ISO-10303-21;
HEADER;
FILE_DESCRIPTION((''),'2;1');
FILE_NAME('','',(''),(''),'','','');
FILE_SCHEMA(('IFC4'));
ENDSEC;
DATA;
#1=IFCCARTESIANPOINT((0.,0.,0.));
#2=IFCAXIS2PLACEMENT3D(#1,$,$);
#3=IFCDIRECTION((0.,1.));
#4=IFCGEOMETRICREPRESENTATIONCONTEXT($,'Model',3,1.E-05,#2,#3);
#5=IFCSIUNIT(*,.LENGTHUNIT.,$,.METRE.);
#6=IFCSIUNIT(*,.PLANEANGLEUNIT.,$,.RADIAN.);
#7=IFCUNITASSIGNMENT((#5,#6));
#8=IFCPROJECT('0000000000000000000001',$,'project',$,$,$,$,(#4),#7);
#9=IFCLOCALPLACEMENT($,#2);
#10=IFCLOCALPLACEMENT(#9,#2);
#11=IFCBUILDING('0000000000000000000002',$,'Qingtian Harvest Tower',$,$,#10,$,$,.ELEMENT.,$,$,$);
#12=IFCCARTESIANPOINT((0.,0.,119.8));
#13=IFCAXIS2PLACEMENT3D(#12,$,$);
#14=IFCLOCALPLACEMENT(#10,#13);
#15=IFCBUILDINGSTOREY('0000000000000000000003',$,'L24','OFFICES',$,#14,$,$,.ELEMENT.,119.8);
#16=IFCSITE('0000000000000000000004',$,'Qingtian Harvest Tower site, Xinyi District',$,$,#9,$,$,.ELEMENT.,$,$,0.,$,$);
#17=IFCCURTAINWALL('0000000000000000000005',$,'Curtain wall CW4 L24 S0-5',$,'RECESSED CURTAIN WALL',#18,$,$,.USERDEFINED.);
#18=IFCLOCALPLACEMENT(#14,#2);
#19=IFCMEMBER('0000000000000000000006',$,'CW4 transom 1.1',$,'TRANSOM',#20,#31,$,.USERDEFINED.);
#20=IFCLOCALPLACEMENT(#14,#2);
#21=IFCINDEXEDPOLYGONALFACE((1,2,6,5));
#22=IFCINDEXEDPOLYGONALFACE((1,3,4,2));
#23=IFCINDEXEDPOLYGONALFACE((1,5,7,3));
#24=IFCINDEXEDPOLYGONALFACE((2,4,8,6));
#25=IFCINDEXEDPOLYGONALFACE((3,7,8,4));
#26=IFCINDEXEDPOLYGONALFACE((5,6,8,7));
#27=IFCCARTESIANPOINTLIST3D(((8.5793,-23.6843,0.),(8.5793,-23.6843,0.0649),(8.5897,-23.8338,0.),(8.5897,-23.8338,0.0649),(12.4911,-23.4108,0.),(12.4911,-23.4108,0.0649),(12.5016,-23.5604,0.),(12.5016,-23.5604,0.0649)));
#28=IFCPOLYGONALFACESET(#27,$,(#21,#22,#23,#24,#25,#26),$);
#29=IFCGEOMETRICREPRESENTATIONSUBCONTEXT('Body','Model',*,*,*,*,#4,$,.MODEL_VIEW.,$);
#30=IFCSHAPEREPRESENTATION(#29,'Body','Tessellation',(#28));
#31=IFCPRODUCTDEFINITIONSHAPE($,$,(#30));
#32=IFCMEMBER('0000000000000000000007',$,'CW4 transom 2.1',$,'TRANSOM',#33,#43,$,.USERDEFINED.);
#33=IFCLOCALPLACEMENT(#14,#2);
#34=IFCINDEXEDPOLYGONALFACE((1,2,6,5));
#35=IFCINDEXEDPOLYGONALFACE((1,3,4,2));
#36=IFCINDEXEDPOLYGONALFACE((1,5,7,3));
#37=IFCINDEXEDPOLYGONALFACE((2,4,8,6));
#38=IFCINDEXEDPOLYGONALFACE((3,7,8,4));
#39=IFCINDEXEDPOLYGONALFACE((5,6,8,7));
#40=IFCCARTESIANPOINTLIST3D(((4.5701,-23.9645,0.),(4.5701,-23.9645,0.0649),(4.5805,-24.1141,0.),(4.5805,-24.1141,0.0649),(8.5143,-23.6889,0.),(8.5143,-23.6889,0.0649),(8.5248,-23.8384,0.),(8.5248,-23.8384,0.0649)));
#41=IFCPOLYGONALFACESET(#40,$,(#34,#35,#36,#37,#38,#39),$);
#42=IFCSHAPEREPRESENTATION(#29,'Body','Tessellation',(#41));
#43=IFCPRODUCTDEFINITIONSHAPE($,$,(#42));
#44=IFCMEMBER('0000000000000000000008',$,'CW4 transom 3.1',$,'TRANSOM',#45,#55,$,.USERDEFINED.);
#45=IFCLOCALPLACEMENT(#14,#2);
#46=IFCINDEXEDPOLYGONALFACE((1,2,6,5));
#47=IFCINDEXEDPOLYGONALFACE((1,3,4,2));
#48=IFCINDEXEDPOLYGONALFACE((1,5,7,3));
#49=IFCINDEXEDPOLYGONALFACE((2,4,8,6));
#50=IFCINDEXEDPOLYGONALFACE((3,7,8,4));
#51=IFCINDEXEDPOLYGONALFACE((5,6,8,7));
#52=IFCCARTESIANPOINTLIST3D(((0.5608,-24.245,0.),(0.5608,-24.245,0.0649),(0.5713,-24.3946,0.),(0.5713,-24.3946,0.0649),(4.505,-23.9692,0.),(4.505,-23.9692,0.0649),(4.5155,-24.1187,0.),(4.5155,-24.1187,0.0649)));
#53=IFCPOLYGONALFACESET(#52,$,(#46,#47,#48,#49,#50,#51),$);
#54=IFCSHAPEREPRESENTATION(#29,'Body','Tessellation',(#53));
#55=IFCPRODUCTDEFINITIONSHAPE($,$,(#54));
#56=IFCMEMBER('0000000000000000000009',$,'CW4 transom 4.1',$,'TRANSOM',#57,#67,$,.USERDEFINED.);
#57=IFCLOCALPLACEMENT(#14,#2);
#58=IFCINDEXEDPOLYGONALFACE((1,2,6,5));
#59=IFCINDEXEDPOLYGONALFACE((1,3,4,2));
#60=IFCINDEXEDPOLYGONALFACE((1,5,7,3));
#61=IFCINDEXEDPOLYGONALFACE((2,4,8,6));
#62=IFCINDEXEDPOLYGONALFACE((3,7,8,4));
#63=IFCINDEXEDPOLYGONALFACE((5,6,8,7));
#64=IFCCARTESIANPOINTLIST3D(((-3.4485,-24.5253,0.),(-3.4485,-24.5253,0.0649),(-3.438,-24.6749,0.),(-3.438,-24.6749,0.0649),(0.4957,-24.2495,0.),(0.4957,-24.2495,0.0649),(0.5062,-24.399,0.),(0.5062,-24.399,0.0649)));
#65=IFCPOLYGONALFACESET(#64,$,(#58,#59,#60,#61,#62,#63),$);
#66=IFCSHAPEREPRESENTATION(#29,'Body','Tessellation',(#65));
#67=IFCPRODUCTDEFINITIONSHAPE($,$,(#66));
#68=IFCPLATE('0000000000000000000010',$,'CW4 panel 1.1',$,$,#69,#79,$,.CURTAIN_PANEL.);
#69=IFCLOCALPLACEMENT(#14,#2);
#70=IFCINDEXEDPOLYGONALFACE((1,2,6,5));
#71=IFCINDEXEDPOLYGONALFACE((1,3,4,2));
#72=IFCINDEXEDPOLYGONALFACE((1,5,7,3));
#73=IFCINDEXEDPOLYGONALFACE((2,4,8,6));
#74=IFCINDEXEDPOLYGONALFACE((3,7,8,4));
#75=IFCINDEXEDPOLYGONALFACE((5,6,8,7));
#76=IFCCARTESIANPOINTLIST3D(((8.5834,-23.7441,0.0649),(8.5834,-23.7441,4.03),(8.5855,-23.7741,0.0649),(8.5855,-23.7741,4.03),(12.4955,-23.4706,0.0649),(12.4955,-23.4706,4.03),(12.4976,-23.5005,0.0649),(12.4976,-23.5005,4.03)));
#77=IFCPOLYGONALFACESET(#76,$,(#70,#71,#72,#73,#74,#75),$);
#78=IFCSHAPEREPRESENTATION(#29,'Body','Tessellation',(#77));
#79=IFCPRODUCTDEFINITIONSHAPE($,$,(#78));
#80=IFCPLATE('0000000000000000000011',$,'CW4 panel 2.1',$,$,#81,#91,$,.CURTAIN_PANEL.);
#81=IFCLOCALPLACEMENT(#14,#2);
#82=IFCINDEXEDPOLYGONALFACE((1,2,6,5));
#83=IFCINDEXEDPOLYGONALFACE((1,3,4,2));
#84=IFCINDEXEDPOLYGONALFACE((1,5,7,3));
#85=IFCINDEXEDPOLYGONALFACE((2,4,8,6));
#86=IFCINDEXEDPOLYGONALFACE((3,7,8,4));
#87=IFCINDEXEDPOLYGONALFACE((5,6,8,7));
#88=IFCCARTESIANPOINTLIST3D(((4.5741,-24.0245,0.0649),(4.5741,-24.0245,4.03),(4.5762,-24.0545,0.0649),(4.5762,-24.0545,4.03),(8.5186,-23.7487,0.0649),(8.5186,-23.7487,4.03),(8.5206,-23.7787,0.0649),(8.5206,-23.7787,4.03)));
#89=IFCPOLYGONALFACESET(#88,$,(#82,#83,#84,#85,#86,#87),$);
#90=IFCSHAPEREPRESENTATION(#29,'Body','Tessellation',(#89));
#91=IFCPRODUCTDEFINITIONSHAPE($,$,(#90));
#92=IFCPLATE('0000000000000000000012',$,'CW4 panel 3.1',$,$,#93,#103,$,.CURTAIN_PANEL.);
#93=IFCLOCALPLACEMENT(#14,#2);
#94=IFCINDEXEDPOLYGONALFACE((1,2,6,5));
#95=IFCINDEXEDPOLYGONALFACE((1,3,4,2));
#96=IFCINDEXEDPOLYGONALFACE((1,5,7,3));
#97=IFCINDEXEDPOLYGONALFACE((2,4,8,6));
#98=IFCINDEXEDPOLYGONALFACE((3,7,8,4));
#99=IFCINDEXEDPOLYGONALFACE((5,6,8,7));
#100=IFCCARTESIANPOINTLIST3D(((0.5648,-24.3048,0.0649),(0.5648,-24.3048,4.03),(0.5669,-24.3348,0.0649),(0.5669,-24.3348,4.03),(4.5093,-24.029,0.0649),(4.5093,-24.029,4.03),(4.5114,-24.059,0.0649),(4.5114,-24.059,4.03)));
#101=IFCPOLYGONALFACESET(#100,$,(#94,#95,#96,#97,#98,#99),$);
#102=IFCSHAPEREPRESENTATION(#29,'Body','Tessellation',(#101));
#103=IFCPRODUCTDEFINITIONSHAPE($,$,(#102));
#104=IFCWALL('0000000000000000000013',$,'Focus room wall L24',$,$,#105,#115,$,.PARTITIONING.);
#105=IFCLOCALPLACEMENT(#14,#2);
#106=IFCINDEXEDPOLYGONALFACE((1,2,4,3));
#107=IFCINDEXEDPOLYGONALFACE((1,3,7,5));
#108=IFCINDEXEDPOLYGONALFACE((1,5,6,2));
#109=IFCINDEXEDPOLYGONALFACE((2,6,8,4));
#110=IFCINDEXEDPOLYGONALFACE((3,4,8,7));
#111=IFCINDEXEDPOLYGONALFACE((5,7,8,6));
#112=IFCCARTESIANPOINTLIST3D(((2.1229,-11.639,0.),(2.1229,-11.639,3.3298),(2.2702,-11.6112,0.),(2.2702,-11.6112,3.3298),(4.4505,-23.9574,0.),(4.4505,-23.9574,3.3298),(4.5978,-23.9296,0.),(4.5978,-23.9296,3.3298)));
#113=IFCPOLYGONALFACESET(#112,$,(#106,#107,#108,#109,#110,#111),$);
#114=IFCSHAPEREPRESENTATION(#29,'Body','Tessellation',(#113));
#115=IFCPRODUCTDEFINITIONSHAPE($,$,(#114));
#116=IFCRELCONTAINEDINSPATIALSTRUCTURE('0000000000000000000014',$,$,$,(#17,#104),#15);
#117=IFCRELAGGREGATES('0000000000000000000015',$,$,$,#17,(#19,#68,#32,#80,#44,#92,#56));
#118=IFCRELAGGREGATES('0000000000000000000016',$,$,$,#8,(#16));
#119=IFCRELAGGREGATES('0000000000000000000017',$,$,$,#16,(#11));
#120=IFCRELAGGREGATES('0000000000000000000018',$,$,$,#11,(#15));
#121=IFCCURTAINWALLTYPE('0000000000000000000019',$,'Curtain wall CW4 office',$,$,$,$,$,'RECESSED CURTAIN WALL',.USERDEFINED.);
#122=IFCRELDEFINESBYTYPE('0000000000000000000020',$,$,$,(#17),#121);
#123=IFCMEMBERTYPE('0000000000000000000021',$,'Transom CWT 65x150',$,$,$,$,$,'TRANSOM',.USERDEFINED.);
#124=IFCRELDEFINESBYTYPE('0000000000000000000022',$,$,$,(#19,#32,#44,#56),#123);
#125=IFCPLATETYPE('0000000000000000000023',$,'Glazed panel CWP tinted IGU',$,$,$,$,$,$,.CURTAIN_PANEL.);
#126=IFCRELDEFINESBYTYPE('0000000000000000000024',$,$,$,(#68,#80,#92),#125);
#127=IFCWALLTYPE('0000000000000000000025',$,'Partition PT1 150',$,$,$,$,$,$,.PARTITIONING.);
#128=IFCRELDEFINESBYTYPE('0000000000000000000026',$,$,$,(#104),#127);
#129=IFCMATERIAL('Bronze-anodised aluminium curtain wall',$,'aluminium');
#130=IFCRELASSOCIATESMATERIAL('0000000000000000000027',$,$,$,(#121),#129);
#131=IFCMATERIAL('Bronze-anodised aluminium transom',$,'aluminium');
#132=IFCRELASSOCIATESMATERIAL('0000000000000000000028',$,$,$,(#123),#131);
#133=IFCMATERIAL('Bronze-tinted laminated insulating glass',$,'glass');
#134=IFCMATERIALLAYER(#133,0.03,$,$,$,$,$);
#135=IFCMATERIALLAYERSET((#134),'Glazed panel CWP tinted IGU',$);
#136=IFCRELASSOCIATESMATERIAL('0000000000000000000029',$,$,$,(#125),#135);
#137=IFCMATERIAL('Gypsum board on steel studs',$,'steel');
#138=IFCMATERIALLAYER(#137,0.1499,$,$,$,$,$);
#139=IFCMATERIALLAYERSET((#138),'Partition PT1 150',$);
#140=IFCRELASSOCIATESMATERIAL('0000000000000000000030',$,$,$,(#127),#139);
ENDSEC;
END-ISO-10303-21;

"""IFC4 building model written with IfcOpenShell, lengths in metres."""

from ifc_helpers import new_model, si_unit, direction, frame, frame_2d, origin, origin_2d, place, context, subcontext, project, spatial, rectangle, extrude, material, layer, layer_set, material_profile, profile_set, type_object, element, aggregate, save


model = new_model("IFC4")

# Units and contexts
model_context = context("Model", 3, precision=1e-05, world=origin(), true_north=direction((0.0, 1.0)))
body_context = subcontext(model_context, "Body", "Model", "MODEL_VIEW")
ifc_project = project(units=[si_unit("LENGTHUNIT", "METRE"), si_unit("PLANEANGLEUNIT", "RADIAN")], contexts=[model_context])

# Site, building, storey
site_placement = place(None, origin())
site = spatial("IfcSite", under=ifc_project, at=site_placement, Name="Qingtian Harvest Tower site, Xinyi District", CompositionType="ELEMENT", RefElevation=0.0)
building_placement = place(site_placement, origin())
building = spatial("IfcBuilding", under=site, at=building_placement, Name="Qingtian Harvest Tower", CompositionType="ELEMENT")
storey_placement = place(building_placement, frame((0.0, 0.0, 119.8)))
storey = spatial("IfcBuildingStorey", under=building, at=storey_placement, Name="L24", Description="OFFICES", CompositionType="ELEMENT", Elevation=119.8)

# Shared definitions
ifc_material_1 = material(Name="Bronze-anodised aluminium curtain wall", Category="aluminium")
curtain_wall_type = type_object("IfcCurtainWallType", Name="Curtain wall CW4 office", ElementType="RECESSED CURTAIN WALL", PredefinedType="USERDEFINED", material=ifc_material_1)

# Curtain wall
curtain_wall_1_placement = place(storey_placement, origin())
curtain_wall_1 = element("IfcCurtainWall", 1, at=curtain_wall_1_placement, inside=storey, type_object=curtain_wall_type, Name="Curtain wall CW4 L24 S0-5", ObjectType="RECESSED CURTAIN WALL", PredefinedType="USERDEFINED")

# Members
ifc_material_2 = material(Name="Bronze-anodised aluminium transom", Category="aluminium")
ifc_material_profile_1 = material_profile(ifc_material_2, rectangle(XDim=0.1499, YDim=0.0649, at=origin_2d()), Name="AL 65x150")
ifc_profile_set_1 = profile_set([ifc_material_profile_1], Name="Bronze-anodised aluminium transom")
member_type_1 = type_object("IfcMemberType", Name="Transom CWT 65x150", ElementType="TRANSOM", PredefinedType="USERDEFINED", material=ifc_profile_set_1)
member_1_placement = place(storey_placement, frame((12.4963, -23.4856, 0.0325), z_axis=(-0.997566, -0.069729, 0.0), x_axis=(0.069729, -0.997566, 0.0)))
member_1 = element("IfcMember", 2, at=member_1_placement, type_object=member_type_1, Name="CW4 transom 1.1", ObjectType="TRANSOM", PredefinedType="USERDEFINED", context=body_context, shape_type="SweptSolid", body=[
    extrude(rectangle(XDim=0.1499, YDim=0.0649, at=origin_2d()), origin(), (0.0, 0.0, 1.0), 3.9214),
])
member_2_placement = place(storey_placement, frame((8.5195, -23.7637, 0.0325), z_axis=(-0.997567, -0.069711, 0.0), x_axis=(0.069711, -0.997567, 0.0)))
member_2 = element("IfcMember", 3, at=member_2_placement, type_object=member_type_1, Name="CW4 transom 2.1", ObjectType="TRANSOM", PredefinedType="USERDEFINED", context=body_context, shape_type="SweptSolid", body=[
    extrude(rectangle(XDim=0.1499, YDim=0.0649, at=origin_2d()), origin(), (0.0, 0.0, 1.0), 3.9539),
])
member_3_placement = place(storey_placement, frame((4.5103, -24.0439, 0.0325), z_axis=(-0.997563, -0.069773, 0.0), x_axis=(0.069773, -0.997563, 0.0)))
member_3 = element("IfcMember", 4, at=member_3_placement, type_object=member_type_1, Name="CW4 transom 3.1", ObjectType="TRANSOM", PredefinedType="USERDEFINED", context=body_context, shape_type="SweptSolid", body=[
    extrude(rectangle(XDim=0.1499, YDim=0.0649, at=origin_2d()), origin(), (0.0, 0.0, 1.0), 3.9539),
])
member_4_placement = place(storey_placement, frame((0.501, -24.3242, 0.0325), z_axis=(-0.997563, -0.069773, 0.0), x_axis=(0.069773, -0.997563, 0.0)))
member_4 = element("IfcMember", 5, at=member_4_placement, type_object=member_type_1, Name="CW4 transom 4.1", ObjectType="TRANSOM", PredefinedType="USERDEFINED", context=body_context, shape_type="SweptSolid", body=[
    extrude(rectangle(XDim=0.1499, YDim=0.0649, at=origin_2d()), origin(), (0.0, 0.0, 1.0), 3.9539),
])

# Plates
ifc_material_3 = material(Name="Bronze-tinted laminated insulating glass", Category="glass")
ifc_layer_1 = layer(ifc_material_3, 0.03)
ifc_layer_set_1 = layer_set([ifc_layer_1], Name="Glazed panel CWP tinted IGU")
plate_type = type_object("IfcPlateType", Name="Glazed panel CWP tinted IGU", PredefinedType="CURTAIN_PANEL", material=ifc_layer_set_1)
plate_1_placement = place(storey_placement, frame((10.5405, -23.6223, 0.0649), z_axis=(0.0, 0.0, 1.0), x_axis=(-0.997564, -0.069756, 0.0)))
plate_1 = element("IfcPlate", 6, at=plate_1_placement, type_object=plate_type, Name="CW4 panel 1.1", PredefinedType="CURTAIN_PANEL", context=body_context, shape_type="SweptSolid", body=[
    extrude(rectangle(XDim=3.9216, YDim=0.03, at=origin_2d()), origin(), (0.0, 0.0, 1.0), 3.9651),
])
plate_2_placement = place(storey_placement, frame((6.5474, -23.9016, 0.0649), z_axis=(0.0, 0.0, 1.0), x_axis=(-0.997564, -0.069756, 0.0)))
plate_2 = element("IfcPlate", 7, at=plate_2_placement, type_object=plate_type, Name="CW4 panel 2.1", PredefinedType="CURTAIN_PANEL", context=body_context, shape_type="SweptSolid", body=[
    extrude(rectangle(XDim=3.9541, YDim=0.03, at=origin_2d()), origin(), (0.0, 0.0, 1.0), 3.9651),
])
plate_3_placement = place(storey_placement, frame((2.5381, -24.1819, 0.0649), z_axis=(0.0, 0.0, 1.0), x_axis=(-0.997564, -0.069756, 0.0)))
plate_3 = element("IfcPlate", 8, at=plate_3_placement, type_object=plate_type, Name="CW4 panel 3.1", PredefinedType="CURTAIN_PANEL", context=body_context, shape_type="SweptSolid", body=[
    extrude(rectangle(XDim=3.9541, YDim=0.03, at=origin_2d()), origin(), (0.0, 0.0, 1.0), 3.9651),
])
aggregate(curtain_wall_1, [member_1, plate_1, member_2, plate_2, member_3, plate_3, member_4])

# Wall
ifc_material_4 = material(Name="Gypsum board on steel studs", Category="steel")
ifc_layer_2 = layer(ifc_material_4, 0.1499)
ifc_layer_set_2 = layer_set([ifc_layer_2], Name="Partition PT1 150")
wall_type = type_object("IfcWallType", Name="Partition PT1 150", PredefinedType="PARTITIONING", material=ifc_layer_set_2)
wall_1_placement = place(storey_placement, frame((4.5242, -23.9434, 0.0), z_axis=(0.0, 0.0, 1.0), x_axis=(-0.185671, 0.982612, 0.0)))
element("IfcWall", 9, at=wall_1_placement, inside=storey, type_object=wall_type, Name="Focus room wall L24", PredefinedType="PARTITIONING", context=body_context, shape_type="SweptSolid", body=[
    extrude(rectangle(XDim=12.5364, YDim=0.1499, at=frame_2d((6.2681, 0.0))), origin(), (0.0, 0.0, 1.0), 3.3298),
])

save(model, "model.ifc")
